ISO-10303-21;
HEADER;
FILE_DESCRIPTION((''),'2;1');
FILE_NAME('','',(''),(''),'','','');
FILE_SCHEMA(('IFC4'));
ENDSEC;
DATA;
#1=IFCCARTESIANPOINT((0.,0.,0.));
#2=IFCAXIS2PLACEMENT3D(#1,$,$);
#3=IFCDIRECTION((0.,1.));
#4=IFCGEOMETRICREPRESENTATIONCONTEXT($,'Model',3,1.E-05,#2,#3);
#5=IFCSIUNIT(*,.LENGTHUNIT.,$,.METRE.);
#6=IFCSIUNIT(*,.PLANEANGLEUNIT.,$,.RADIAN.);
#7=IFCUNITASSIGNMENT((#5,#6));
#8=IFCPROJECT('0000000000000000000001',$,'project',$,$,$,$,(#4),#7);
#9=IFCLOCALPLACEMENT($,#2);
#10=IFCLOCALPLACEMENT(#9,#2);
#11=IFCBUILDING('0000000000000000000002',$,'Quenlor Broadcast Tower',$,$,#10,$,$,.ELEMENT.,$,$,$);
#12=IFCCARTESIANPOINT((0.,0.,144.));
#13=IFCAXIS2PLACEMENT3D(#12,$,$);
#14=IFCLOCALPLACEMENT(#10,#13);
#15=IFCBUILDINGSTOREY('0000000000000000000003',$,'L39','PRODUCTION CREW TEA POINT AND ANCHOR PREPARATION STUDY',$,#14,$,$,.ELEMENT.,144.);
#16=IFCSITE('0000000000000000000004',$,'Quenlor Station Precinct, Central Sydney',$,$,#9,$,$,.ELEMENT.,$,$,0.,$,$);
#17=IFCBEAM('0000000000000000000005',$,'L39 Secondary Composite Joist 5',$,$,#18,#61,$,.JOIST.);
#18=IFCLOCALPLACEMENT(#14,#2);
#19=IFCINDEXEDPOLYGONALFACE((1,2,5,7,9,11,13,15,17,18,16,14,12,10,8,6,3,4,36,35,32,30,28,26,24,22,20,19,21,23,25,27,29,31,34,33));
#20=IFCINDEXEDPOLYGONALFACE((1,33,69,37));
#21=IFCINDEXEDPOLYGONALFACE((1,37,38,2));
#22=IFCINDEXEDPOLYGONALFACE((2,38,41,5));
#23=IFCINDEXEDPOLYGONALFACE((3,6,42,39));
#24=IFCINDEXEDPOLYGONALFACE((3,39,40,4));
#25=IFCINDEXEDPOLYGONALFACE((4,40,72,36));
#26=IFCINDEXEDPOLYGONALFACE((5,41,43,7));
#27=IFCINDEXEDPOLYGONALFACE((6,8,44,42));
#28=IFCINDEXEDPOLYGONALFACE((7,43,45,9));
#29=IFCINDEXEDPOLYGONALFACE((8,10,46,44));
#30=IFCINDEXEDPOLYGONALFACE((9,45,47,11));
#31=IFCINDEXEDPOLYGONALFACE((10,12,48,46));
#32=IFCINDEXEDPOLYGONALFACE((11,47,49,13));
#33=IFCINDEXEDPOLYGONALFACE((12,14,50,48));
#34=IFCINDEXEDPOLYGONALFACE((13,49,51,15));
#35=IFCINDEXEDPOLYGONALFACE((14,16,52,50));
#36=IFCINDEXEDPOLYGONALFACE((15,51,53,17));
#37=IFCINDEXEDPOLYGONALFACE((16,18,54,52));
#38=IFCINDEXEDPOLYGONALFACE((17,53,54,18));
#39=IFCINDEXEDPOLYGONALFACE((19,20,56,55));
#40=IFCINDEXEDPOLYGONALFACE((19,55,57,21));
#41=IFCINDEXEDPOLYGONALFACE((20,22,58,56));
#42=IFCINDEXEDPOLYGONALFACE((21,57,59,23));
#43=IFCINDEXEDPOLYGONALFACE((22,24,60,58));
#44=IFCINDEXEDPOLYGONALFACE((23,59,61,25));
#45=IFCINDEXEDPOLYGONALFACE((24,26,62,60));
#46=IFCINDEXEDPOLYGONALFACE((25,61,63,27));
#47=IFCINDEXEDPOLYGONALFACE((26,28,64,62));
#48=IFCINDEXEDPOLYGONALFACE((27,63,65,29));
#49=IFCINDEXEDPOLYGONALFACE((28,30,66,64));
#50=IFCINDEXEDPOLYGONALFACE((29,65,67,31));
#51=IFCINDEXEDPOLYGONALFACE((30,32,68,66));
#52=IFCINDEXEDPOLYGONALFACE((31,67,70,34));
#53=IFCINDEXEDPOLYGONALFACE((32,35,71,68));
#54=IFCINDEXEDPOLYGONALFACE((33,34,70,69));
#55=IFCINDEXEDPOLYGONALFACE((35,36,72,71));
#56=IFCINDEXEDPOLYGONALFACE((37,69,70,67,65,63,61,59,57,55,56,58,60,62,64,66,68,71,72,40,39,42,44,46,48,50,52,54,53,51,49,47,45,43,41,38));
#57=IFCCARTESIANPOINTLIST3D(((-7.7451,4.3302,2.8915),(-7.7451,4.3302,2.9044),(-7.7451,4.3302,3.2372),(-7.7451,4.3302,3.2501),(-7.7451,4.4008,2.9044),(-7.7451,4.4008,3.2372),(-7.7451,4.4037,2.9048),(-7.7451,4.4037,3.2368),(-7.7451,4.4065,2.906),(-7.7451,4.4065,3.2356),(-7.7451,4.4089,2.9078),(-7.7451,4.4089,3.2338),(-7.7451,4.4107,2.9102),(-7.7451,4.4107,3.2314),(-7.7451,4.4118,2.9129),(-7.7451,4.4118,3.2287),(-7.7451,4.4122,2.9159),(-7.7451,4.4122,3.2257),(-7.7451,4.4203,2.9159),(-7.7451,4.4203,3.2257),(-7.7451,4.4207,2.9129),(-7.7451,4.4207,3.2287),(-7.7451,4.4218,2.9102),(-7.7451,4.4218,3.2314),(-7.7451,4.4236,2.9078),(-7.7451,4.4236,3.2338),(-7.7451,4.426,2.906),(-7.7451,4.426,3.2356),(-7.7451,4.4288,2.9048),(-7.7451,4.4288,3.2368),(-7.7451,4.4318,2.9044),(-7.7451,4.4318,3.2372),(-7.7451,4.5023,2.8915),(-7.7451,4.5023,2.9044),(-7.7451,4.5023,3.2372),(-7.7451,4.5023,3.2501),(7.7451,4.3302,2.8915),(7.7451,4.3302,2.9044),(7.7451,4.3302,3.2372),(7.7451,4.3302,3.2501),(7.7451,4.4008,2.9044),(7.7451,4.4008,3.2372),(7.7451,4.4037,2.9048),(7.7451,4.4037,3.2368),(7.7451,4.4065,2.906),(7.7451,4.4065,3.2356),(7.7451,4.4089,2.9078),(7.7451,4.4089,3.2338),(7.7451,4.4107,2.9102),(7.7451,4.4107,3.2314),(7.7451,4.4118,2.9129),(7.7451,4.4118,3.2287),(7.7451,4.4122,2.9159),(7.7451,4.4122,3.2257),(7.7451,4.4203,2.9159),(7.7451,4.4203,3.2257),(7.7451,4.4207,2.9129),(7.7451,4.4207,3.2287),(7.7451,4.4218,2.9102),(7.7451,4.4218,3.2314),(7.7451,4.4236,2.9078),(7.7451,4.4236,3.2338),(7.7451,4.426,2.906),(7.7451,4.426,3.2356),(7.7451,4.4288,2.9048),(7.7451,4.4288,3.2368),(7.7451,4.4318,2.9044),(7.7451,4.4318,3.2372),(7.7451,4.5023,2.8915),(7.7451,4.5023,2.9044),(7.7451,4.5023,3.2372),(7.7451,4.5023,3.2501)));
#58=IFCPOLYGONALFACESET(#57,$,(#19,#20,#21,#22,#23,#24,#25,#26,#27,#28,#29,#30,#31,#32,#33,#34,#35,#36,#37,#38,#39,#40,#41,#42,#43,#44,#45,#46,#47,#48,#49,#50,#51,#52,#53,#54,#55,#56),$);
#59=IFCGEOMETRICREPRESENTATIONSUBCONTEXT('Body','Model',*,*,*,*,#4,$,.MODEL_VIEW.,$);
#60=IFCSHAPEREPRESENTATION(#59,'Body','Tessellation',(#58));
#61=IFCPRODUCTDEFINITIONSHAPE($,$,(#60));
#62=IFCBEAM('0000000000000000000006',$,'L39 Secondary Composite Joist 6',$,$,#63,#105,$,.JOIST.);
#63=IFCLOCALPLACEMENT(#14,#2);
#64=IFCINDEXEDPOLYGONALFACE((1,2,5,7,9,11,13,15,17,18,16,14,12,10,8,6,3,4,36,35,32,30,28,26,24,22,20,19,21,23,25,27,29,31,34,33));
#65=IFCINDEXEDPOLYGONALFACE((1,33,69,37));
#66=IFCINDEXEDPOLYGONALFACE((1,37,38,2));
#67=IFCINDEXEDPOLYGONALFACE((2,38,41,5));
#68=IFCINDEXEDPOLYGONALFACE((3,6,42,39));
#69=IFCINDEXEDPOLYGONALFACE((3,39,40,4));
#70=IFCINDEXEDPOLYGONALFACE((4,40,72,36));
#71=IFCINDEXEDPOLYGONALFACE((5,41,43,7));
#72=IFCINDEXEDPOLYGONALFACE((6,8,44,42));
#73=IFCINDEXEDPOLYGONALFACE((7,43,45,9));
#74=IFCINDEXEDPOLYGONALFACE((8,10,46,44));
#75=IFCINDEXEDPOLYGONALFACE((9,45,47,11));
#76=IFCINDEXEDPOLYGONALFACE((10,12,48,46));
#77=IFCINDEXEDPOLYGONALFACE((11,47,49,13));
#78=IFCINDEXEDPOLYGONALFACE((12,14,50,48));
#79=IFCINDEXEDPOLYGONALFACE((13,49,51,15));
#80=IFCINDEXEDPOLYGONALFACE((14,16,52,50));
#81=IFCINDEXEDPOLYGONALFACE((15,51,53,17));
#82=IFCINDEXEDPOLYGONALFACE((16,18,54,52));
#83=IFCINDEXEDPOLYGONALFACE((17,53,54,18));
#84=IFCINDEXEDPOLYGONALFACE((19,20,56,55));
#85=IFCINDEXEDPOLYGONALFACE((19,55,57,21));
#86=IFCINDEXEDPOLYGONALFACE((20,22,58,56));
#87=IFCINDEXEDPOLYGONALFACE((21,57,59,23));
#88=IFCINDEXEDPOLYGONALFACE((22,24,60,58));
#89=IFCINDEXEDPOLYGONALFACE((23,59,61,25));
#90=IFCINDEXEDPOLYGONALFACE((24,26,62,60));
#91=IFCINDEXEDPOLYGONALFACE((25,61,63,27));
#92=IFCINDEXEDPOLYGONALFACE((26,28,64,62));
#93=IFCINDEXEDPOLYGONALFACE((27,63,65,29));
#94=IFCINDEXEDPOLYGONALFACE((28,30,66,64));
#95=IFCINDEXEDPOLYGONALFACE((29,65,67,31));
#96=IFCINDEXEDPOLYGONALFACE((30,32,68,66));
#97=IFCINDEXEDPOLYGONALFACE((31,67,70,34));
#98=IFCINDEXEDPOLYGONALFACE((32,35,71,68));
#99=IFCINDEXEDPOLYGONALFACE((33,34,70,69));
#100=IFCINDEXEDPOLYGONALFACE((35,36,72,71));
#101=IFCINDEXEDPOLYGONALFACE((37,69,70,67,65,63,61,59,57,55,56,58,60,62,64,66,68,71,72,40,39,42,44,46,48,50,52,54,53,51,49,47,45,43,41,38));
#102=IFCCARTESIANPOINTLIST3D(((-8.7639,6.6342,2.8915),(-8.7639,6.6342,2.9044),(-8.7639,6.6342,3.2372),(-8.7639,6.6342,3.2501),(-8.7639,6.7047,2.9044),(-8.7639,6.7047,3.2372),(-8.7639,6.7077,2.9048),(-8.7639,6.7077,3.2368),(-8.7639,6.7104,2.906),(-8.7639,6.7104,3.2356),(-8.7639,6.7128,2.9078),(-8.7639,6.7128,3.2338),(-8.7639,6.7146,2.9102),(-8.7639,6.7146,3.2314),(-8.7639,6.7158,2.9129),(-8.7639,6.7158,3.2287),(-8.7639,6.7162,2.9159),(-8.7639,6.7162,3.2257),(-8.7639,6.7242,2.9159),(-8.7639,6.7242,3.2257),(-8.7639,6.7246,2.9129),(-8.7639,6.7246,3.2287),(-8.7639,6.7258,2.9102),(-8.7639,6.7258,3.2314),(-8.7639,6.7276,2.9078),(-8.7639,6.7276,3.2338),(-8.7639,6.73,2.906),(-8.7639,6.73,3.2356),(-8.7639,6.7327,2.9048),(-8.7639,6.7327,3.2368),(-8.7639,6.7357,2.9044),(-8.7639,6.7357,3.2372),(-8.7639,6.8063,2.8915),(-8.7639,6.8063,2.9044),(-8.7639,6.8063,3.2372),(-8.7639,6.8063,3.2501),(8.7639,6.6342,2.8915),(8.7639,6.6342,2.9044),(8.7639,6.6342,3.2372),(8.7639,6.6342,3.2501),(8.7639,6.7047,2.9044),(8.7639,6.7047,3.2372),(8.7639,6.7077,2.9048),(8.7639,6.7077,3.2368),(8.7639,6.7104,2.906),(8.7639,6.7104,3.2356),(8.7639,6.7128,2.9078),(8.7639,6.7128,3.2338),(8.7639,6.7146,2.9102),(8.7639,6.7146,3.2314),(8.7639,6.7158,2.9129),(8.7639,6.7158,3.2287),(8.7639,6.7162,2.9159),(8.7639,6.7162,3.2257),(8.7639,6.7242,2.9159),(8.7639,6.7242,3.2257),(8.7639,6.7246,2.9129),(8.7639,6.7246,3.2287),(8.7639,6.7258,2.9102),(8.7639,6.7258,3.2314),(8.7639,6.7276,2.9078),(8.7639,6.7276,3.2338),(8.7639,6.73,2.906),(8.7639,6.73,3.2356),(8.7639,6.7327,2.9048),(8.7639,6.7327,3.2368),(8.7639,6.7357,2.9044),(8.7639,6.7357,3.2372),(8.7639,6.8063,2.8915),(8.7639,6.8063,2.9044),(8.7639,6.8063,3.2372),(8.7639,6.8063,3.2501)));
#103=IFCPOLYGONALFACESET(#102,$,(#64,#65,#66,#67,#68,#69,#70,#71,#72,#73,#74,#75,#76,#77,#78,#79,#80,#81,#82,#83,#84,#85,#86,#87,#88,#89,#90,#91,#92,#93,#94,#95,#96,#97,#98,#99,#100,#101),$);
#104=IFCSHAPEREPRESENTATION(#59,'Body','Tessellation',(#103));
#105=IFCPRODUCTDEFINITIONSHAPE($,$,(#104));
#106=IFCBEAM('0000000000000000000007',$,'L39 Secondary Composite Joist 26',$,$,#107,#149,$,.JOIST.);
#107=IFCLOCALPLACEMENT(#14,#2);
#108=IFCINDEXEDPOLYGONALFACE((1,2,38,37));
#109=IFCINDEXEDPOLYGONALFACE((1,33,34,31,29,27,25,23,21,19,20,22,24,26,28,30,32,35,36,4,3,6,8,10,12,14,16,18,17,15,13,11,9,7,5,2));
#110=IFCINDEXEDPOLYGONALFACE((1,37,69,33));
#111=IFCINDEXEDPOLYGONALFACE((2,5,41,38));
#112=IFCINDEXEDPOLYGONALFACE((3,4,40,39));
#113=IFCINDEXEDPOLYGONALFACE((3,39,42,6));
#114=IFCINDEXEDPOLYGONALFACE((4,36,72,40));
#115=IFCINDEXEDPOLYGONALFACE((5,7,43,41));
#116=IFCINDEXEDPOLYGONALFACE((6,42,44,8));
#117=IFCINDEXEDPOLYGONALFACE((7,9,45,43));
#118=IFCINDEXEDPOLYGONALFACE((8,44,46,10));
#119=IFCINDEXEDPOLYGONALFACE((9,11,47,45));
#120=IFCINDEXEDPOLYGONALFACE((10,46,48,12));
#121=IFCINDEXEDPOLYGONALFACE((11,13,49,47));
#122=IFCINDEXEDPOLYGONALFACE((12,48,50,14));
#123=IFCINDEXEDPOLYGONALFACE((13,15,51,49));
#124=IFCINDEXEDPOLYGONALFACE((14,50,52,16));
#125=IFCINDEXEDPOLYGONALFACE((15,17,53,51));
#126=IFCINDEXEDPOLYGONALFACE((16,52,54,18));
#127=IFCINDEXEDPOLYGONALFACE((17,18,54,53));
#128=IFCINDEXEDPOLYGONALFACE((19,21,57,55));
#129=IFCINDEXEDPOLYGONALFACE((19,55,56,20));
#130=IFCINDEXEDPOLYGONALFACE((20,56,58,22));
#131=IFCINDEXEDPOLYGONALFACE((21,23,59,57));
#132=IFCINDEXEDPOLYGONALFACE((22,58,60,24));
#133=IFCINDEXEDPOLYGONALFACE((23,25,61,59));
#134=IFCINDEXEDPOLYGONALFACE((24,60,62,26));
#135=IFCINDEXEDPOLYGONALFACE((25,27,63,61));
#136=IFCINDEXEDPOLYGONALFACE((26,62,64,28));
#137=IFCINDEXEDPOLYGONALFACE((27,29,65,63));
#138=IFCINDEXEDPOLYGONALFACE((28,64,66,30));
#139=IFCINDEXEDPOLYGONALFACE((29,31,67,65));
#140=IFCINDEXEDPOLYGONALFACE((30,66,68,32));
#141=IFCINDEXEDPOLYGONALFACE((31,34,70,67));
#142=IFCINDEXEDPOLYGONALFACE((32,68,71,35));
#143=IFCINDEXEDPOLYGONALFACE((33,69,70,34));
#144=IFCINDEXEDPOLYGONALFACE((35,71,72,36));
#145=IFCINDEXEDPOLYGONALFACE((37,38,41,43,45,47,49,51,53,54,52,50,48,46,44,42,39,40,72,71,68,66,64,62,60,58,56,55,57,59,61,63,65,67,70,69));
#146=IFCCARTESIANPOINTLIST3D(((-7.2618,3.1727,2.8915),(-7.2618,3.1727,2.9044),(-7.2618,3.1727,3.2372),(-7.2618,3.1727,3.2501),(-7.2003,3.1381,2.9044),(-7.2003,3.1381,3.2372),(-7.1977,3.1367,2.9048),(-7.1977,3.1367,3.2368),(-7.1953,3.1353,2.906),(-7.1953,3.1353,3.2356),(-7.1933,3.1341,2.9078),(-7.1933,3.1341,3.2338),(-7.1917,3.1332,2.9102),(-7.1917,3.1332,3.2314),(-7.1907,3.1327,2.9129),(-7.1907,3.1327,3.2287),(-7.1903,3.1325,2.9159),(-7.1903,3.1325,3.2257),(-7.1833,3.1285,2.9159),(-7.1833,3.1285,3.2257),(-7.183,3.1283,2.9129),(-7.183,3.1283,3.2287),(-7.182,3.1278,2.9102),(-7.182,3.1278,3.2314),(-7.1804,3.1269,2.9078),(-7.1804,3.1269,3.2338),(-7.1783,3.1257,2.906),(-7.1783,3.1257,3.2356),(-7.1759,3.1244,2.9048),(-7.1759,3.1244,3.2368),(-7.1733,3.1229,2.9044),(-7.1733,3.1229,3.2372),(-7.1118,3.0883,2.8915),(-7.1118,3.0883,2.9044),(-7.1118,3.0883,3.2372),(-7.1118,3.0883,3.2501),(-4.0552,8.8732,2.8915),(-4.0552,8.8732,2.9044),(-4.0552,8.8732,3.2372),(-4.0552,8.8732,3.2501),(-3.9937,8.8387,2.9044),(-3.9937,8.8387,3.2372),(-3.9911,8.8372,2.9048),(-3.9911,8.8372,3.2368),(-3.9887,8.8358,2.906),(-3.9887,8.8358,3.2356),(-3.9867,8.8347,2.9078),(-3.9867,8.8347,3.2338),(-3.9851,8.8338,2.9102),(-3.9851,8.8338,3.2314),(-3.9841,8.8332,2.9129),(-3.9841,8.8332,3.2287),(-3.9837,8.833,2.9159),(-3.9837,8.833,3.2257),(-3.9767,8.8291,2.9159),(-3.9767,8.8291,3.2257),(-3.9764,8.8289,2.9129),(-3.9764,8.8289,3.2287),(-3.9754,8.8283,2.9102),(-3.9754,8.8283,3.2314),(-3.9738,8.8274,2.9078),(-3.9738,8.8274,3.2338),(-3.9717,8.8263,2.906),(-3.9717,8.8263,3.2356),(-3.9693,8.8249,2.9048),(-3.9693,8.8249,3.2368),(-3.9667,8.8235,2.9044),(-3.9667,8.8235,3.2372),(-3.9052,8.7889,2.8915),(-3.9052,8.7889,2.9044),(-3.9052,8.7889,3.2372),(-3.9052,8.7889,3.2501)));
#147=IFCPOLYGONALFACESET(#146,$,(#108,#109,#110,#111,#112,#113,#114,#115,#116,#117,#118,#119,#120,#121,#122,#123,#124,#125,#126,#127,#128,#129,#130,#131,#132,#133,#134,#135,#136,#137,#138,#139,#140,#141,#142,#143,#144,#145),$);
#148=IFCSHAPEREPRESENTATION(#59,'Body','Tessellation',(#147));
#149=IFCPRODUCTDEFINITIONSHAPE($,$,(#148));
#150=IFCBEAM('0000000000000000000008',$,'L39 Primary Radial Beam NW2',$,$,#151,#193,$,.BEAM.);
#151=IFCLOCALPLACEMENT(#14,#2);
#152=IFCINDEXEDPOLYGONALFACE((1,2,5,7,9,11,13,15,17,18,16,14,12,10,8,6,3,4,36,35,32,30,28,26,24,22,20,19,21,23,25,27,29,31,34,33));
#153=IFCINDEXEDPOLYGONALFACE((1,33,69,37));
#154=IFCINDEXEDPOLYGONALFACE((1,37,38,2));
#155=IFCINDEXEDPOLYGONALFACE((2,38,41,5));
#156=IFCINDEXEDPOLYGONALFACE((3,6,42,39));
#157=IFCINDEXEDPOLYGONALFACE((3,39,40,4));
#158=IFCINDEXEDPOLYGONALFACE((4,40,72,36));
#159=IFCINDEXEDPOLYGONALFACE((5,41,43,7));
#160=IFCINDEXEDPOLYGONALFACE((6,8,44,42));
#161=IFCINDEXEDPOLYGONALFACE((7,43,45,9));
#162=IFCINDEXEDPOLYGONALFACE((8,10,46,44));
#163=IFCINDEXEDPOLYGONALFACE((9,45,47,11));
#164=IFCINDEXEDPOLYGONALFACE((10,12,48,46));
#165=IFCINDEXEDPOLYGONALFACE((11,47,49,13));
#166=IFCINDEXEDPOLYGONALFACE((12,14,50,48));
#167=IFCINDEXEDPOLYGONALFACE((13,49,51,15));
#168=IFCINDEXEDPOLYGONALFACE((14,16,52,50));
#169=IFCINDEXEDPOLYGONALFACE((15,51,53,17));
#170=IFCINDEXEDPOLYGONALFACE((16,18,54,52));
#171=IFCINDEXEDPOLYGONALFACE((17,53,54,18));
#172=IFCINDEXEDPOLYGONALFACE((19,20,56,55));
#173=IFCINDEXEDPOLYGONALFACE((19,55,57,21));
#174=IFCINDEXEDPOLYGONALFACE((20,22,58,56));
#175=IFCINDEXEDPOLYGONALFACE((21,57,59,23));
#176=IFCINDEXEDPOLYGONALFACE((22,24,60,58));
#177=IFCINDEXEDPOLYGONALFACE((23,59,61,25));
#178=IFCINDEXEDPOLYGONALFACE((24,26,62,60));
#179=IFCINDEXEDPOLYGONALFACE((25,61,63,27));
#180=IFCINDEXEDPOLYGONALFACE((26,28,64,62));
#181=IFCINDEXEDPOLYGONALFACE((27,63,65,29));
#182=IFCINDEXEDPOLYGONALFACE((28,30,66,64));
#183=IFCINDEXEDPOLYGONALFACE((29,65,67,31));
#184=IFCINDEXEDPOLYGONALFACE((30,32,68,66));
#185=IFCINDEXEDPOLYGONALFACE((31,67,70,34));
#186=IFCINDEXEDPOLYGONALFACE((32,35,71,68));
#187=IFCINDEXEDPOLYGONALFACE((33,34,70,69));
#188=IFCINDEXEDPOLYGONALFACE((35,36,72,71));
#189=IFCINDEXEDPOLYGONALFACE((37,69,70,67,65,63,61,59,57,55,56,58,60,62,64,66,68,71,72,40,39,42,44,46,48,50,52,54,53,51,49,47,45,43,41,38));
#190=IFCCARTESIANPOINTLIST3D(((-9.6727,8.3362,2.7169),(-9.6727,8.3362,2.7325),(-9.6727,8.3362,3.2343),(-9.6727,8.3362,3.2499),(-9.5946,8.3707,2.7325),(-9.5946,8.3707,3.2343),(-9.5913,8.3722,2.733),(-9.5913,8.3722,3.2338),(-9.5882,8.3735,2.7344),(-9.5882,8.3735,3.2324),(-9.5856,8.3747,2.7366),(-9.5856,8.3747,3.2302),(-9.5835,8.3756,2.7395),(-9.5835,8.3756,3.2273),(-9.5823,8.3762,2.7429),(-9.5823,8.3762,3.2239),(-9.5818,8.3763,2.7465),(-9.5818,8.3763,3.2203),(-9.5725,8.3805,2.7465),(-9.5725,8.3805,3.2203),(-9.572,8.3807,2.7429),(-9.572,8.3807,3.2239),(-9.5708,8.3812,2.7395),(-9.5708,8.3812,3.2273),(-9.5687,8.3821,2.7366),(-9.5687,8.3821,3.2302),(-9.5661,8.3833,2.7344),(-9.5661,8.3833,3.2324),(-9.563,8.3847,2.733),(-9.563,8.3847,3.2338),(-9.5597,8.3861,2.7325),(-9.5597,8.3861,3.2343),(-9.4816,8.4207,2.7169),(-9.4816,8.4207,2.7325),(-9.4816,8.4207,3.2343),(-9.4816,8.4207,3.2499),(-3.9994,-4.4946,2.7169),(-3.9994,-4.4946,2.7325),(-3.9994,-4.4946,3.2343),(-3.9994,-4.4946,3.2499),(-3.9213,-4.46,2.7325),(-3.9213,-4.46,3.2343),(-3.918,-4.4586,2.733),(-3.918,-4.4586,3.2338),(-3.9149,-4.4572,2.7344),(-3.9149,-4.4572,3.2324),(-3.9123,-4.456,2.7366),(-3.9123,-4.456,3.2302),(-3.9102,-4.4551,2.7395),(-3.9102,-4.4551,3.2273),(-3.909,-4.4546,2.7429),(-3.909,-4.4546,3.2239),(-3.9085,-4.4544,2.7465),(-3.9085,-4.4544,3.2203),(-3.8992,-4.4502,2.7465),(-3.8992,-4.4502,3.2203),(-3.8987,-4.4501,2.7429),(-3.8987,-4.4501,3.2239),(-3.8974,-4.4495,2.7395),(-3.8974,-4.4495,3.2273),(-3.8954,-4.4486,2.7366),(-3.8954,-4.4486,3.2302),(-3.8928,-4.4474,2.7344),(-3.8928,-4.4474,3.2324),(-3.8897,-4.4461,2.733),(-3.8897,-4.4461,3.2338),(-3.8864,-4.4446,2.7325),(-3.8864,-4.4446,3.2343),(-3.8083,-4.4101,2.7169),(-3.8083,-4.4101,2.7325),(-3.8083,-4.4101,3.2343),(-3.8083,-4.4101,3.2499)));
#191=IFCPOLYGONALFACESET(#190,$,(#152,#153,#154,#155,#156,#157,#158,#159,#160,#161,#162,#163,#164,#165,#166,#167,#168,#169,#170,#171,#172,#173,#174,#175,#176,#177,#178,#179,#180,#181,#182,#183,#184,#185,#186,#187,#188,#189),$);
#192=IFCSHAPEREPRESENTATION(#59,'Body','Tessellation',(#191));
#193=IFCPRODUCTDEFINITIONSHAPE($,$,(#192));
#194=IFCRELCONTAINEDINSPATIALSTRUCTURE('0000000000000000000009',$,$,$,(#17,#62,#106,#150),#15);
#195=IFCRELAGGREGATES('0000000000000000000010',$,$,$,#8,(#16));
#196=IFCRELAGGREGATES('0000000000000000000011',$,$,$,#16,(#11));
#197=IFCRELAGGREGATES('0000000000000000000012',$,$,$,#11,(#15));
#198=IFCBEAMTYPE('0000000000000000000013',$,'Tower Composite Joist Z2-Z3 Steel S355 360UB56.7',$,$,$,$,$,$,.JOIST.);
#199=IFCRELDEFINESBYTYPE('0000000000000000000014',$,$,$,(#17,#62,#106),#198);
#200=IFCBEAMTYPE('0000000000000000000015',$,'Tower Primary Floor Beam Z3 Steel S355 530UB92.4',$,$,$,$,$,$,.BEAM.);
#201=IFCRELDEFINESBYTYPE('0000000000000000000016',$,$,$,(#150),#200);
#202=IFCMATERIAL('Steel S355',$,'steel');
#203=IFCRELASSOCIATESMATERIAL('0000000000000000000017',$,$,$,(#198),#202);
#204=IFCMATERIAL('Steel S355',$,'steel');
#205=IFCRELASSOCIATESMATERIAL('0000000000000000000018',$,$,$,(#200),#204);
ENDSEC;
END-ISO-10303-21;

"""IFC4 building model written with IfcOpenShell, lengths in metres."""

from ifc_helpers import new_model, si_unit, direction, frame, origin, origin_2d, place, context, subcontext, project, spatial, i_section, extrude, material, material_profile, profile_set, type_object, element, save


model = new_model("IFC4")

# Units and contexts
model_context = context("Model", 3, precision=1e-05, world=origin(), true_north=direction((0.0, 1.0)))
body_context = subcontext(model_context, "Body", "Model", "MODEL_VIEW")
ifc_project = project(units=[si_unit("LENGTHUNIT", "METRE"), si_unit("PLANEANGLEUNIT", "RADIAN")], contexts=[model_context])

# Site, building, storey
site_placement = place(None, origin())
site = spatial("IfcSite", under=ifc_project, at=site_placement, Name="Quenlor Station Precinct, Central Sydney", CompositionType="ELEMENT", RefElevation=0.0)
building_placement = place(site_placement, origin())
building = spatial("IfcBuilding", under=site, at=building_placement, Name="Quenlor Broadcast Tower", CompositionType="ELEMENT")
storey_placement = place(building_placement, frame((0.0, 0.0, 144.0)))
storey = spatial("IfcBuildingStorey", under=building, at=storey_placement, Name="L39", Description="PRODUCTION CREW TEA POINT AND ANCHOR PREPARATION STUDY", CompositionType="ELEMENT", Elevation=144.0)

# Beams
ifc_material_1 = material(Name="Steel S355", Category="steel")
ifc_material_profile_1 = material_profile(ifc_material_1, i_section(OverallWidth=0.1721, OverallDepth=0.3586, WebThickness=0.0081, FlangeThickness=0.0129, FilletRadius=0.0115, at=origin_2d()))
ifc_profile_set_1 = profile_set([ifc_material_profile_1], Name="Steel S355 360UB56.7")
beam_type_1 = type_object("IfcBeamType", Name="Tower Composite Joist Z2-Z3 Steel S355 360UB56.7", PredefinedType="JOIST", material=ifc_profile_set_1)
beam_1_placement = place(storey_placement, frame((-7.7451, 4.4163, 3.0708), z_axis=(1.0, 0.0, 0.0), x_axis=(0.0, 1.0, 0.0)))
element("IfcBeam", 1, at=beam_1_placement, inside=storey, type_object=beam_type_1, Name="L39 Secondary Composite Joist 5", PredefinedType="JOIST", context=body_context, shape_type="SweptSolid", body=[
    extrude(i_section(OverallWidth=0.1721, OverallDepth=0.3586, WebThickness=0.0081, FlangeThickness=0.0129, FilletRadius=0.0115, at=origin_2d()), origin(), (0.0, 0.0, 1.0), 15.4902),
])
beam_2_placement = place(storey_placement, frame((-8.7639, 6.7202, 3.0708), z_axis=(1.0, 0.0, 0.0), x_axis=(0.0, 1.0, 0.0)))
element("IfcBeam", 2, at=beam_2_placement, inside=storey, type_object=beam_type_1, Name="L39 Secondary Composite Joist 6", PredefinedType="JOIST", context=body_context, shape_type="SweptSolid", body=[
    extrude(i_section(OverallWidth=0.1721, OverallDepth=0.3586, WebThickness=0.0081, FlangeThickness=0.0129, FilletRadius=0.0115, at=origin_2d()), origin(), (0.0, 0.0, 1.0), 17.5278),
])
beam_3_placement = place(storey_placement, frame((-3.9802, 8.8311, 3.0708), z_axis=(-0.490267, -0.871573, 0.0), x_axis=(0.871573, -0.490267, 0.0)))
element("IfcBeam", 3, at=beam_3_placement, inside=storey, type_object=beam_type_1, Name="L39 Secondary Composite Joist 26", PredefinedType="JOIST", context=body_context, shape_type="SweptSolid", body=[
    extrude(i_section(OverallWidth=0.1721, OverallDepth=0.3586, WebThickness=0.0081, FlangeThickness=0.0129, FilletRadius=0.0115, at=origin_2d()), origin(), (0.0, 0.0, 1.0), 6.5405),
])
ifc_material_2 = material(Name="Steel S355", Category="steel")
ifc_material_profile_2 = material_profile(ifc_material_2, i_section(OverallWidth=0.209, OverallDepth=0.533, WebThickness=0.0103, FlangeThickness=0.0156, FilletRadius=0.0139, at=origin_2d()))
ifc_profile_set_2 = profile_set([ifc_material_profile_2], Name="Steel S355 530UB92.4")
beam_type_2 = type_object("IfcBeamType", Name="Tower Primary Floor Beam Z3 Steel S355 530UB92.4", PredefinedType="BEAM", material=ifc_profile_set_2)
beam_4_placement = place(storey_placement, frame((-9.5771, 8.3784, 2.9834), z_axis=(0.404397, -0.914583, 0.0), x_axis=(0.914583, 0.404397, 0.0)))
element("IfcBeam", 4, at=beam_4_placement, inside=storey, type_object=beam_type_2, Name="L39 Primary Radial Beam NW2", PredefinedType="BEAM", context=body_context, shape_type="SweptSolid", body=[
    extrude(i_section(OverallWidth=0.209, OverallDepth=0.533, WebThickness=0.0103, FlangeThickness=0.0156, FilletRadius=0.0139, at=origin_2d()), origin(), (0.0, 0.0, 1.0), 14.0291),
])

save(model, "model.ifc")
